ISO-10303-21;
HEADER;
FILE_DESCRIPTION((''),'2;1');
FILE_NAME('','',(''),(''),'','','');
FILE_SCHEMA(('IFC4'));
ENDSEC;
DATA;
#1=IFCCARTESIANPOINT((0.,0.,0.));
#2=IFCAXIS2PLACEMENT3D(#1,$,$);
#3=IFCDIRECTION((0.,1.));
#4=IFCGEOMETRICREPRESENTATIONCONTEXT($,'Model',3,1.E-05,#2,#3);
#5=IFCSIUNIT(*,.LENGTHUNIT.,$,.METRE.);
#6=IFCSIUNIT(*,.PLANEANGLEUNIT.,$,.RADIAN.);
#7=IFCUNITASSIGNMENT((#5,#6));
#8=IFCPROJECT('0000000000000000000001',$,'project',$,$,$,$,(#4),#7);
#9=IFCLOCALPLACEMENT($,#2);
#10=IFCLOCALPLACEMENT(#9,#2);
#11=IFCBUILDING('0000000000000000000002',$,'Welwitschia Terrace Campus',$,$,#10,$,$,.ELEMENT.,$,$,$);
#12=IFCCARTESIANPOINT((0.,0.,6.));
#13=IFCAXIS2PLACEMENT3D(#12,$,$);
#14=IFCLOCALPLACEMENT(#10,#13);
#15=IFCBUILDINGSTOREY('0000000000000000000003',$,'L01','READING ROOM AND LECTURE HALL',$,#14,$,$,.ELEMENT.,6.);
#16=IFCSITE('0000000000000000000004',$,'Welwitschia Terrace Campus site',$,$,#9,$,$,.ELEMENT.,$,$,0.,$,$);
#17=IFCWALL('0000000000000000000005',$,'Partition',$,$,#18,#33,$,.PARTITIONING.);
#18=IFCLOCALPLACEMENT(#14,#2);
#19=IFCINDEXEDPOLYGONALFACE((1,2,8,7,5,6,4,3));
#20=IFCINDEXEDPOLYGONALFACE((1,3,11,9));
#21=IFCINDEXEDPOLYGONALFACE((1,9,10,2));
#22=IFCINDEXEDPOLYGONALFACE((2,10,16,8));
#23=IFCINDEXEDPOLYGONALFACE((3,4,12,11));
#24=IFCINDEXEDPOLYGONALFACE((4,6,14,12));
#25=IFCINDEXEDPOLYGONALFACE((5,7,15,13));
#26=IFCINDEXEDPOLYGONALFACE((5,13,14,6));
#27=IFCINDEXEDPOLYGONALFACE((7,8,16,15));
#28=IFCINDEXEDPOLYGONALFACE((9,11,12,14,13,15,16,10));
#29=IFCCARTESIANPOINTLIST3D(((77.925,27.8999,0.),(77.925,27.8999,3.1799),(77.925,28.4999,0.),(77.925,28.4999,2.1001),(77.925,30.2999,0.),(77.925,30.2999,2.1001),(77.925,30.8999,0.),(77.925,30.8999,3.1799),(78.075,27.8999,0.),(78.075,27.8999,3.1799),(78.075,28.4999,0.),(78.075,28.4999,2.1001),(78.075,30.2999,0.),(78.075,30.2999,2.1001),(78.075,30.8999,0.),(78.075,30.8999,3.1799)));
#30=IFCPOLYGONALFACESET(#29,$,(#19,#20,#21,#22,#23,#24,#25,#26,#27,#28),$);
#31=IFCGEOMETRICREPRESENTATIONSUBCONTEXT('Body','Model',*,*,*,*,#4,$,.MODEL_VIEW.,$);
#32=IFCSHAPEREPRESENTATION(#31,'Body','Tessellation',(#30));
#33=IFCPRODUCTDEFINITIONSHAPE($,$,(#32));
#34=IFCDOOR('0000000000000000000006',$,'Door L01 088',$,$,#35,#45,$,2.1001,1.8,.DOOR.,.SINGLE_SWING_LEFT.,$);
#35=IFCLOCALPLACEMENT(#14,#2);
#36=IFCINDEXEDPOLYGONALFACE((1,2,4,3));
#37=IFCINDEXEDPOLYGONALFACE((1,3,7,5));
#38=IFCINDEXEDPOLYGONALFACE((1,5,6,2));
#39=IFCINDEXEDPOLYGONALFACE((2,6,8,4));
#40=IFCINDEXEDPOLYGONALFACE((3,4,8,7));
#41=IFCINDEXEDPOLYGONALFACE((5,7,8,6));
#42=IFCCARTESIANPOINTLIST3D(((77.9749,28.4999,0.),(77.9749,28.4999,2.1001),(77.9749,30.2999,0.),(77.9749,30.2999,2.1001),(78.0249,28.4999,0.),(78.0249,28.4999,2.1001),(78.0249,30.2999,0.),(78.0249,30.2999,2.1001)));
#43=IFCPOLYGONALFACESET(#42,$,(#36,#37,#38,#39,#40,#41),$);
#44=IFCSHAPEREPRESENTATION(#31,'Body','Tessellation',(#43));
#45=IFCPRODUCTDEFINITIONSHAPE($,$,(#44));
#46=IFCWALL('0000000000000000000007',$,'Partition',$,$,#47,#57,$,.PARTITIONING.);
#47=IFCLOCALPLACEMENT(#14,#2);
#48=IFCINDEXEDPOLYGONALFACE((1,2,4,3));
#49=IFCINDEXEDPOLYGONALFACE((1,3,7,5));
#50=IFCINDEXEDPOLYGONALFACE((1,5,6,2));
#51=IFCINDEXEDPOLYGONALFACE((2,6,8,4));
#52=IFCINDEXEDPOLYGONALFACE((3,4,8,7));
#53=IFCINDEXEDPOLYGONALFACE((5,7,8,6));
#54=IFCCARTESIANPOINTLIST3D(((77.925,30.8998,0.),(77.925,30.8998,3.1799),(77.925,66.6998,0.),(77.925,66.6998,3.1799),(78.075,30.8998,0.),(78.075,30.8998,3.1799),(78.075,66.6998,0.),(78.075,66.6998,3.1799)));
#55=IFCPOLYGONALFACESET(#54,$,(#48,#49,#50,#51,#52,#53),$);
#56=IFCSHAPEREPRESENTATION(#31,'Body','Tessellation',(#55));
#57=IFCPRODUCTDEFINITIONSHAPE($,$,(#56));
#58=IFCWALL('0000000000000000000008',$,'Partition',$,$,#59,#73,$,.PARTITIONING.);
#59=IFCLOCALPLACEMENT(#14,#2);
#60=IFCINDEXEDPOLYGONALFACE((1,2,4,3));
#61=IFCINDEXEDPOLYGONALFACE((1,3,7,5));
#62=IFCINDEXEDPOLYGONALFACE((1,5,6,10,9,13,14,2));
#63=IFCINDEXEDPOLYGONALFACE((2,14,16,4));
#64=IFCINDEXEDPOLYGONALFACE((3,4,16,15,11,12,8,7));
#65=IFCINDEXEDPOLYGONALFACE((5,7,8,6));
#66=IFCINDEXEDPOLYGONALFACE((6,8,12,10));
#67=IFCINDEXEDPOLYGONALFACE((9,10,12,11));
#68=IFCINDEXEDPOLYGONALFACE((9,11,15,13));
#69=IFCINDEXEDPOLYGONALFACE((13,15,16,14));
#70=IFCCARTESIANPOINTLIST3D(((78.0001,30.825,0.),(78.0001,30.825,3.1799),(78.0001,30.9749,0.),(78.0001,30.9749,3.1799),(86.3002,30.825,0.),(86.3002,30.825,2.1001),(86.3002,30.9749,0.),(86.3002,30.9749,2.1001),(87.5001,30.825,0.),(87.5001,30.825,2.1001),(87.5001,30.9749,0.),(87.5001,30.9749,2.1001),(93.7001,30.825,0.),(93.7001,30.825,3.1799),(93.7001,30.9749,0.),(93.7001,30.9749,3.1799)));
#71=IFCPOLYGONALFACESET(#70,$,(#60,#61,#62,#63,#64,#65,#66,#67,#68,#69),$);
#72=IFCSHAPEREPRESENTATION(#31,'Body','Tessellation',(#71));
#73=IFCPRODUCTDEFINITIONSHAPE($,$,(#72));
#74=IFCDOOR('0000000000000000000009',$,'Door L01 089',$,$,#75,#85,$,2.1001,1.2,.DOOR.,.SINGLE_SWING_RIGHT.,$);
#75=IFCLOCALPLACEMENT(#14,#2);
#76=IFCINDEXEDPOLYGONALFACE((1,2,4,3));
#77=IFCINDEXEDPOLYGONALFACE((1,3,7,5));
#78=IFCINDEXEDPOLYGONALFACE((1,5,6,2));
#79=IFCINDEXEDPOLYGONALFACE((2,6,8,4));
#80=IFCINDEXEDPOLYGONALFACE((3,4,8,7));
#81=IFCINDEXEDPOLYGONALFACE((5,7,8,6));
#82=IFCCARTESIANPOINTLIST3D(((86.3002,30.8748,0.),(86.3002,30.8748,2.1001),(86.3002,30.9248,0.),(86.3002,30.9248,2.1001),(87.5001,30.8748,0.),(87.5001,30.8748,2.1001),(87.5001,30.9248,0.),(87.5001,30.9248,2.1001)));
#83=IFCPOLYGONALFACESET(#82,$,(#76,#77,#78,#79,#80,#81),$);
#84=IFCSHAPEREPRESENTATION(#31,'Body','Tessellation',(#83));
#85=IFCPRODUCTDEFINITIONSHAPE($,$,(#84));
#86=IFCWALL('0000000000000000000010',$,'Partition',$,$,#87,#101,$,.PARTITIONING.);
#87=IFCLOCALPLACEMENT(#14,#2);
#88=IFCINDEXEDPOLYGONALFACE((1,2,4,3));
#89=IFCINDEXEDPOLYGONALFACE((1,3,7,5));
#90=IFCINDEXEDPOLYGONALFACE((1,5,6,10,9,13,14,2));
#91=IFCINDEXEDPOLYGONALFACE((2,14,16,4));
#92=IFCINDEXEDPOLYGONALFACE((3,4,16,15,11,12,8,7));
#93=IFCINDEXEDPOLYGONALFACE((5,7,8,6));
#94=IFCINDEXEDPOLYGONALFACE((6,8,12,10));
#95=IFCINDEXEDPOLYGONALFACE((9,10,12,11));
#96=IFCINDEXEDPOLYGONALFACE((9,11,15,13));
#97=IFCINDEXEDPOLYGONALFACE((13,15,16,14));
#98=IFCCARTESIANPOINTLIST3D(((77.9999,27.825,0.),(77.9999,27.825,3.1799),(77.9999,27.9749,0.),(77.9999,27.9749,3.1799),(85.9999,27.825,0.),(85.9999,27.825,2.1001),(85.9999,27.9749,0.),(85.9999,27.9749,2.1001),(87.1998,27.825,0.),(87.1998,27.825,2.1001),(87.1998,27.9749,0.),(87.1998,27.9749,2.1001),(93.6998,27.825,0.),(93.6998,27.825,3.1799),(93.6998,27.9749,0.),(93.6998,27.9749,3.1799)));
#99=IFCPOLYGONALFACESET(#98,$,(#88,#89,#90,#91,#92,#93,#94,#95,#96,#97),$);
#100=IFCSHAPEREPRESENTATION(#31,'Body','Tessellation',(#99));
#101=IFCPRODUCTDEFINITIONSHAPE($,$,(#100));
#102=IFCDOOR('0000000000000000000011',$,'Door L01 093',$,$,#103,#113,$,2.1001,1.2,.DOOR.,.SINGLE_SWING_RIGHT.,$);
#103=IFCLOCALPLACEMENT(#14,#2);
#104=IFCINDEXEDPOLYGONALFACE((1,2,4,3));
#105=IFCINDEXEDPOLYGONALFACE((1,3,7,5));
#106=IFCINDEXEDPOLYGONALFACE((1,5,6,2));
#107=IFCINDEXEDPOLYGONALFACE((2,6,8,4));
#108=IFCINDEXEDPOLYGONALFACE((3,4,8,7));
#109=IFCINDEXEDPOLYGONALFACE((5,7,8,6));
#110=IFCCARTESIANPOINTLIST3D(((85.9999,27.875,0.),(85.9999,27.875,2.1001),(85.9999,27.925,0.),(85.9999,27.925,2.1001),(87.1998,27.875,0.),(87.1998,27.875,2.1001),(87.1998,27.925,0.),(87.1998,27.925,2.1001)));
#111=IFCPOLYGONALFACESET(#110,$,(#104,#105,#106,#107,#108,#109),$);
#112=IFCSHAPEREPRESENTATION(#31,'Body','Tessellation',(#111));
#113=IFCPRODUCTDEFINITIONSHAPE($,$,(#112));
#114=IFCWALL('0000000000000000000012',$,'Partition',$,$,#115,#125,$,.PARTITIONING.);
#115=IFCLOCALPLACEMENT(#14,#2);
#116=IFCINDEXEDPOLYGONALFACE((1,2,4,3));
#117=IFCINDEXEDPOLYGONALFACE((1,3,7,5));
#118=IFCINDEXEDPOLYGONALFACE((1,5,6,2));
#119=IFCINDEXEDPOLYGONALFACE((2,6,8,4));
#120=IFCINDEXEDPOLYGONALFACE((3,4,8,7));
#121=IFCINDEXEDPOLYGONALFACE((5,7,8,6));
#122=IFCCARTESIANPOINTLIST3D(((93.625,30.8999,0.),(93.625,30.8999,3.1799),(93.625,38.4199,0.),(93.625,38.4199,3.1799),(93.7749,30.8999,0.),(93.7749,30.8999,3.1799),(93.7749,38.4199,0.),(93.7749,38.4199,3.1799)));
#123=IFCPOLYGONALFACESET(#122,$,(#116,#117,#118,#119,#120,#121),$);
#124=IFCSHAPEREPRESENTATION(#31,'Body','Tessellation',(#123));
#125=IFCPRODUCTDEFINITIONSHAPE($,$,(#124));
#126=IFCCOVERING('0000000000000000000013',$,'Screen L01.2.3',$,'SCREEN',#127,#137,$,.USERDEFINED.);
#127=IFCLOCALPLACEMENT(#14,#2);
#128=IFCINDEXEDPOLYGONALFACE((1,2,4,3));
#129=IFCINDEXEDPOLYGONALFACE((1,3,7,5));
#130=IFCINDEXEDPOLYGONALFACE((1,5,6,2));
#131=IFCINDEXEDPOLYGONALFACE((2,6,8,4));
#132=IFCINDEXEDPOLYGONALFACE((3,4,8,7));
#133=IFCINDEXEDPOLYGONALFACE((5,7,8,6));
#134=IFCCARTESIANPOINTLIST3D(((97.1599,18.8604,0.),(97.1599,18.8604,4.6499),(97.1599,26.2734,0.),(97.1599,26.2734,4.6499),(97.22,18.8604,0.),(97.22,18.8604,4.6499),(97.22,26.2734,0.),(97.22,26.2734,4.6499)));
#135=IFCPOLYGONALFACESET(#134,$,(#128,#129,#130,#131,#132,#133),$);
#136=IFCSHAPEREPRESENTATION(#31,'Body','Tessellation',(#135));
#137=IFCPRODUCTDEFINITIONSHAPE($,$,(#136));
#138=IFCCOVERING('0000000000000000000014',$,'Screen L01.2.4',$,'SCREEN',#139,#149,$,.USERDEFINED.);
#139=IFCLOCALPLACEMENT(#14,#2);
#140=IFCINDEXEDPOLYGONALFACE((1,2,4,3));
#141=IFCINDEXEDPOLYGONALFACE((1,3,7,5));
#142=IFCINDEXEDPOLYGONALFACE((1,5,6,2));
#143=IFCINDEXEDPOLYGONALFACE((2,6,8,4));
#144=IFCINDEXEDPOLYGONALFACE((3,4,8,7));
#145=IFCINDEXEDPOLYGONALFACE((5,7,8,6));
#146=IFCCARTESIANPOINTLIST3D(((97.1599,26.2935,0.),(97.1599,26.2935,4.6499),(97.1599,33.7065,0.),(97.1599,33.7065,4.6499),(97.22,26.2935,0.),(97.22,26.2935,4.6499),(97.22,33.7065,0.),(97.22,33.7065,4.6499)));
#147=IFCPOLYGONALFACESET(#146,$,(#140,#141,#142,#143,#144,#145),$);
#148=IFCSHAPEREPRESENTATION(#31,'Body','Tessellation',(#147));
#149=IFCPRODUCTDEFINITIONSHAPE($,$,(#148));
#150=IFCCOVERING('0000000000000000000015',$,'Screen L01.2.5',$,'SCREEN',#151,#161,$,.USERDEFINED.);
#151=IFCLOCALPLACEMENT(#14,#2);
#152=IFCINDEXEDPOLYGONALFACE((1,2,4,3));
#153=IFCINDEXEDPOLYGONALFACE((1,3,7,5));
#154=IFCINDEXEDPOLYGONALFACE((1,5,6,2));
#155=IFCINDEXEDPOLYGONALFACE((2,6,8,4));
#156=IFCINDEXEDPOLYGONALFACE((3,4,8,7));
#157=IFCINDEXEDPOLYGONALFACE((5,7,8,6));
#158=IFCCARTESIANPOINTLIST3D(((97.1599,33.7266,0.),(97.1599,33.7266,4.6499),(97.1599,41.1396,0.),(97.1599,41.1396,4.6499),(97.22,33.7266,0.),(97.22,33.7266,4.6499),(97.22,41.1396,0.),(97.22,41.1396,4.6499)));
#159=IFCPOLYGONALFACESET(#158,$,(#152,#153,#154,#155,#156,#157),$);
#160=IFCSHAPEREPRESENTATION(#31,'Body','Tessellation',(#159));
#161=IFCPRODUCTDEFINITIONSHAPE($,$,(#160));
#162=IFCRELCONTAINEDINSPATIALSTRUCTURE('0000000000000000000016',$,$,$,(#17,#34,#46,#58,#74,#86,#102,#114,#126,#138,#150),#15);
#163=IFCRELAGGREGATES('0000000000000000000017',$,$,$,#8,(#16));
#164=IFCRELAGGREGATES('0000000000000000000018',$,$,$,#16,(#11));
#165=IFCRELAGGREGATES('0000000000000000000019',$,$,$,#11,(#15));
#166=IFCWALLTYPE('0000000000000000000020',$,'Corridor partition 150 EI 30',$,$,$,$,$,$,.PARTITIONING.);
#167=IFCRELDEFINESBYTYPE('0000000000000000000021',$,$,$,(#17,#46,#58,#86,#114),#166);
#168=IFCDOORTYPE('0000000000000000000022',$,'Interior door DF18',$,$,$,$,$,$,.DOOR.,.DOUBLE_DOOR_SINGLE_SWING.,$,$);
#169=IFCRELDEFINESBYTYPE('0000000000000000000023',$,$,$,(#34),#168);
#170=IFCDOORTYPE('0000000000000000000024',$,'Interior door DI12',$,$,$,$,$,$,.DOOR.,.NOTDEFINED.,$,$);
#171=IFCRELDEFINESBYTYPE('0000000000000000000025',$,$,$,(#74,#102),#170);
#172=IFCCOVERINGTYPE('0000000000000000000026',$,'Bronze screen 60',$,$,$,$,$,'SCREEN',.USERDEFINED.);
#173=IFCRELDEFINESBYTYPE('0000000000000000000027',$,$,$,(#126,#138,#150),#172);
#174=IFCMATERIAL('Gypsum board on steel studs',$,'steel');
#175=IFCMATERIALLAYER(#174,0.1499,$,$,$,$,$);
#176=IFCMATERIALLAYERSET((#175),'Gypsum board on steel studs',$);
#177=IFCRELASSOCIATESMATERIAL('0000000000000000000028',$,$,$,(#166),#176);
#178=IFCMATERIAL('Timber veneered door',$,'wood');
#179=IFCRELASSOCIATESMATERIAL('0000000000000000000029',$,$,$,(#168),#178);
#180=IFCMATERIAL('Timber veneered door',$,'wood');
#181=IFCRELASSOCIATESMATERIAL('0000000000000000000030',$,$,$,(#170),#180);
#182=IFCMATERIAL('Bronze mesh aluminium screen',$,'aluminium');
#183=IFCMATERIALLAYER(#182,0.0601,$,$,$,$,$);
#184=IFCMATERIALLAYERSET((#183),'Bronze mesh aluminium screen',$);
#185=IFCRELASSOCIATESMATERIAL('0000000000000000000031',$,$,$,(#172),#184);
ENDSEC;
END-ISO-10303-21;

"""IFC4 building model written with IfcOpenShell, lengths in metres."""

from ifc_helpers import new_model, si_unit, direction, frame, frame_2d, origin, origin_2d, place, context, subcontext, project, spatial, rectangle, extrude, material, layer, layer_set, type_object, element, fill, save


model = new_model("IFC4")

# Units and contexts
model_context = context("Model", 3, precision=1e-05, world=origin(), true_north=direction((0.0, 1.0)))
body_context = subcontext(model_context, "Body", "Model", "MODEL_VIEW")
ifc_project = project(units=[si_unit("LENGTHUNIT", "METRE"), si_unit("PLANEANGLEUNIT", "RADIAN")], contexts=[model_context])

# Site, building, storey
site_placement = place(None, origin())
site = spatial("IfcSite", under=ifc_project, at=site_placement, Name="Welwitschia Terrace Campus site", CompositionType="ELEMENT", RefElevation=0.0)
building_placement = place(site_placement, origin())
building = spatial("IfcBuilding", under=site, at=building_placement, Name="Welwitschia Terrace Campus", CompositionType="ELEMENT")
storey_placement = place(building_placement, frame((0.0, 0.0, 6.0)))
storey = spatial("IfcBuildingStorey", under=building, at=storey_placement, Name="L01", Description="READING ROOM AND LECTURE HALL", CompositionType="ELEMENT", Elevation=6.0)

# Wall, opening, door
ifc_material_1 = material(Name="Gypsum board on steel studs", Category="steel")
ifc_layer_1 = layer(ifc_material_1, 0.1499)
ifc_layer_set_1 = layer_set([ifc_layer_1], Name="Gypsum board on steel studs")
wall_type = type_object("IfcWallType", Name="Corridor partition 150 EI 30", PredefinedType="PARTITIONING", material=ifc_layer_set_1)
wall_1_placement = place(storey_placement, frame((78.0, 30.8999, 0.0), z_axis=(0.0, 0.0, 1.0), x_axis=(0.0, -1.0, 0.0)))
wall_1 = element("IfcWall", 1, at=wall_1_placement, inside=storey, type_object=wall_type, Name="Partition", PredefinedType="PARTITIONING", context=body_context, shape_type="SweptSolid", body=[
    extrude(rectangle(XDim=3.0, YDim=0.1499, at=frame_2d((1.5, 0.0))), origin(), (0.0, 0.0, 1.0), 3.1799),
])
opening_1_placement = place(wall_1_placement, frame((0.6001, 0.0, 0.0)))
opening_1 = element("IfcOpeningElement", 2, at=opening_1_placement, cuts=wall_1, PredefinedType="OPENING", context=body_context, shape_type="SweptSolid", body=[
    extrude(rectangle(XDim=1.8, YDim=2.1001, at=frame_2d((0.8999, 1.05))), frame((0.0, 0.085, 0.0), z_axis=(0.0, -1.0, 0.0), x_axis=(1.0, 0.0, 0.0)), (0.0, 0.0, 1.0), 0.1699),
])
ifc_material_2 = material(Name="Timber veneered door", Category="wood")
door_type_1 = type_object("IfcDoorType", Name="Interior door DF18", OperationType="DOUBLE_DOOR_SINGLE_SWING", PredefinedType="DOOR", material=ifc_material_2)
door_1_placement = place(opening_1_placement, origin())
door_1 = element("IfcDoor", 3, at=door_1_placement, inside=storey, type_object=door_type_1, Name="Door L01 088", OperationType="SINGLE_SWING_LEFT", OverallHeight=2.1001, OverallWidth=1.8, PredefinedType="DOOR", context=body_context, shape_type="SweptSolid", body=[
    extrude(rectangle(XDim=1.8, YDim=2.1001, at=frame_2d((0.8999, 1.05))), frame((0.0, 0.0249, 0.0), z_axis=(0.0, -1.0, 0.0), x_axis=(1.0, 0.0, 0.0)), (0.0, 0.0, 1.0), 0.05),
])
fill(opening_1, door_1)

# Wall
wall_2_placement = place(storey_placement, frame((78.0, 30.8999, 0.0), z_axis=(0.0, 0.0, 1.0), x_axis=(0.0, 1.0, 0.0)))
element("IfcWall", 4, at=wall_2_placement, inside=storey, type_object=wall_type, Name="Partition", PredefinedType="PARTITIONING", context=body_context, shape_type="SweptSolid", body=[
    extrude(rectangle(XDim=35.8, YDim=0.1499, at=frame_2d((17.8999, 0.0))), origin(), (0.0, 0.0, 1.0), 3.1799),
])

# Walls, openings, doors
wall_3_placement = place(storey_placement, frame((78.0, 30.8999, 0.0), z_axis=(0.0, 0.0, 1.0), x_axis=(1.0, 0.0, 0.0)))
wall_3 = element("IfcWall", 5, at=wall_3_placement, inside=storey, type_object=wall_type, Name="Partition", PredefinedType="PARTITIONING", context=body_context, shape_type="SweptSolid", body=[
    extrude(rectangle(XDim=15.7, YDim=0.1499, at=frame_2d((7.8501, 0.0))), origin(), (0.0, 0.0, 1.0), 3.1799),
])
opening_2_placement = place(wall_3_placement, frame((8.3, 0.0, 0.0)))
opening_2 = element("IfcOpeningElement", 6, at=opening_2_placement, cuts=wall_3, PredefinedType="OPENING", context=body_context, shape_type="SweptSolid", body=[
    extrude(rectangle(XDim=1.2, YDim=2.1001, at=frame_2d((0.6001, 1.05))), frame((0.0, 0.085, 0.0), z_axis=(0.0, -1.0, 0.0), x_axis=(1.0, 0.0, 0.0)), (0.0, 0.0, 1.0), 0.1699),
])
ifc_material_3 = material(Name="Timber veneered door", Category="wood")
door_type_2 = type_object("IfcDoorType", Name="Interior door DI12", OperationType="NOTDEFINED", PredefinedType="DOOR", material=ifc_material_3)
door_2_placement = place(opening_2_placement, origin())
door_2 = element("IfcDoor", 7, at=door_2_placement, inside=storey, type_object=door_type_2, Name="Door L01 089", OperationType="SINGLE_SWING_RIGHT", OverallHeight=2.1001, OverallWidth=1.2, PredefinedType="DOOR", context=body_context, shape_type="SweptSolid", body=[
    extrude(rectangle(XDim=1.2, YDim=2.1001, at=frame_2d((0.6001, 1.05))), frame((0.0, 0.0249, 0.0), z_axis=(0.0, -1.0, 0.0), x_axis=(1.0, 0.0, 0.0)), (0.0, 0.0, 1.0), 0.05),
])
fill(opening_2, door_2)
wall_4_placement = place(storey_placement, frame((93.7, 27.8999, 0.0), z_axis=(0.0, 0.0, 1.0), x_axis=(-1.0, 0.0, 0.0)))
wall_4 = element("IfcWall", 8, at=wall_4_placement, inside=storey, type_object=wall_type, Name="Partition", PredefinedType="PARTITIONING", context=body_context, shape_type="SweptSolid", body=[
    extrude(rectangle(XDim=15.7, YDim=0.1499, at=frame_2d((7.8501, 0.0))), origin(), (0.0, 0.0, 1.0), 3.1799),
])
opening_3_placement = place(wall_4_placement, frame((6.5, 0.0, 0.0)))
opening_3 = element("IfcOpeningElement", 9, at=opening_3_placement, cuts=wall_4, PredefinedType="OPENING", context=body_context, shape_type="SweptSolid", body=[
    extrude(rectangle(XDim=1.2, YDim=2.1001, at=frame_2d((0.6001, 1.05))), frame((0.0, 0.085, 0.0), z_axis=(0.0, -1.0, 0.0), x_axis=(1.0, 0.0, 0.0)), (0.0, 0.0, 1.0), 0.1699),
])
door_3_placement = place(opening_3_placement, origin())
door_3 = element("IfcDoor", 10, at=door_3_placement, inside=storey, type_object=door_type_2, Name="Door L01 093", OperationType="SINGLE_SWING_RIGHT", OverallHeight=2.1001, OverallWidth=1.2, PredefinedType="DOOR", context=body_context, shape_type="SweptSolid", body=[
    extrude(rectangle(XDim=1.2, YDim=2.1001, at=frame_2d((0.6001, 1.05))), frame((0.0, 0.0249, 0.0), z_axis=(0.0, -1.0, 0.0), x_axis=(1.0, 0.0, 0.0)), (0.0, 0.0, 1.0), 0.05),
])
fill(opening_3, door_3)

# Wall
wall_5_placement = place(storey_placement, frame((93.7, 30.8999, 0.0), z_axis=(0.0, 0.0, 1.0), x_axis=(0.0, 1.0, 0.0)))
element("IfcWall", 11, at=wall_5_placement, inside=storey, type_object=wall_type, Name="Partition", PredefinedType="PARTITIONING", context=body_context, shape_type="SweptSolid", body=[
    extrude(rectangle(XDim=7.52, YDim=0.1499, at=frame_2d((3.76, 0.0))), origin(), (0.0, 0.0, 1.0), 3.1799),
])

# Coverings
ifc_material_4 = material(Name="Bronze mesh aluminium screen", Category="aluminium")
ifc_layer_2 = layer(ifc_material_4, 0.0601)
ifc_layer_set_2 = layer_set([ifc_layer_2], Name="Bronze mesh aluminium screen")
covering_type = type_object("IfcCoveringType", Name="Bronze screen 60", ElementType="SCREEN", PredefinedType="USERDEFINED", material=ifc_layer_set_2)
for number, where, z_axis, x_axis, name in (
    (12, (97.1899, 22.5669, 0.0), (0.0, 0.0, 1.0), (0.0, 1.0, 0.0), "Screen L01.2.3"),
    (13, (97.1899, 30.0, 0.0), (0.0, 0.0, 1.0), (0.0, 1.0, 0.0), "Screen L01.2.4"),
    (14, (97.1899, 37.4331, 0.0), (0.0, 0.0, 1.0), (0.0, 1.0, 0.0), "Screen L01.2.5"),
):
    element("IfcCovering", number, at=place(storey_placement, frame(where, z_axis=z_axis, x_axis=x_axis)), inside=storey, type_object=covering_type, Name=name, ObjectType="SCREEN", PredefinedType="USERDEFINED", context=body_context, shape_type="SweptSolid", body=[
        extrude(rectangle(XDim=7.4131, YDim=0.0601, at=origin_2d()), origin(), (0.0, 0.0, 1.0), 4.6499),
    ])

save(model, "model.ifc")
